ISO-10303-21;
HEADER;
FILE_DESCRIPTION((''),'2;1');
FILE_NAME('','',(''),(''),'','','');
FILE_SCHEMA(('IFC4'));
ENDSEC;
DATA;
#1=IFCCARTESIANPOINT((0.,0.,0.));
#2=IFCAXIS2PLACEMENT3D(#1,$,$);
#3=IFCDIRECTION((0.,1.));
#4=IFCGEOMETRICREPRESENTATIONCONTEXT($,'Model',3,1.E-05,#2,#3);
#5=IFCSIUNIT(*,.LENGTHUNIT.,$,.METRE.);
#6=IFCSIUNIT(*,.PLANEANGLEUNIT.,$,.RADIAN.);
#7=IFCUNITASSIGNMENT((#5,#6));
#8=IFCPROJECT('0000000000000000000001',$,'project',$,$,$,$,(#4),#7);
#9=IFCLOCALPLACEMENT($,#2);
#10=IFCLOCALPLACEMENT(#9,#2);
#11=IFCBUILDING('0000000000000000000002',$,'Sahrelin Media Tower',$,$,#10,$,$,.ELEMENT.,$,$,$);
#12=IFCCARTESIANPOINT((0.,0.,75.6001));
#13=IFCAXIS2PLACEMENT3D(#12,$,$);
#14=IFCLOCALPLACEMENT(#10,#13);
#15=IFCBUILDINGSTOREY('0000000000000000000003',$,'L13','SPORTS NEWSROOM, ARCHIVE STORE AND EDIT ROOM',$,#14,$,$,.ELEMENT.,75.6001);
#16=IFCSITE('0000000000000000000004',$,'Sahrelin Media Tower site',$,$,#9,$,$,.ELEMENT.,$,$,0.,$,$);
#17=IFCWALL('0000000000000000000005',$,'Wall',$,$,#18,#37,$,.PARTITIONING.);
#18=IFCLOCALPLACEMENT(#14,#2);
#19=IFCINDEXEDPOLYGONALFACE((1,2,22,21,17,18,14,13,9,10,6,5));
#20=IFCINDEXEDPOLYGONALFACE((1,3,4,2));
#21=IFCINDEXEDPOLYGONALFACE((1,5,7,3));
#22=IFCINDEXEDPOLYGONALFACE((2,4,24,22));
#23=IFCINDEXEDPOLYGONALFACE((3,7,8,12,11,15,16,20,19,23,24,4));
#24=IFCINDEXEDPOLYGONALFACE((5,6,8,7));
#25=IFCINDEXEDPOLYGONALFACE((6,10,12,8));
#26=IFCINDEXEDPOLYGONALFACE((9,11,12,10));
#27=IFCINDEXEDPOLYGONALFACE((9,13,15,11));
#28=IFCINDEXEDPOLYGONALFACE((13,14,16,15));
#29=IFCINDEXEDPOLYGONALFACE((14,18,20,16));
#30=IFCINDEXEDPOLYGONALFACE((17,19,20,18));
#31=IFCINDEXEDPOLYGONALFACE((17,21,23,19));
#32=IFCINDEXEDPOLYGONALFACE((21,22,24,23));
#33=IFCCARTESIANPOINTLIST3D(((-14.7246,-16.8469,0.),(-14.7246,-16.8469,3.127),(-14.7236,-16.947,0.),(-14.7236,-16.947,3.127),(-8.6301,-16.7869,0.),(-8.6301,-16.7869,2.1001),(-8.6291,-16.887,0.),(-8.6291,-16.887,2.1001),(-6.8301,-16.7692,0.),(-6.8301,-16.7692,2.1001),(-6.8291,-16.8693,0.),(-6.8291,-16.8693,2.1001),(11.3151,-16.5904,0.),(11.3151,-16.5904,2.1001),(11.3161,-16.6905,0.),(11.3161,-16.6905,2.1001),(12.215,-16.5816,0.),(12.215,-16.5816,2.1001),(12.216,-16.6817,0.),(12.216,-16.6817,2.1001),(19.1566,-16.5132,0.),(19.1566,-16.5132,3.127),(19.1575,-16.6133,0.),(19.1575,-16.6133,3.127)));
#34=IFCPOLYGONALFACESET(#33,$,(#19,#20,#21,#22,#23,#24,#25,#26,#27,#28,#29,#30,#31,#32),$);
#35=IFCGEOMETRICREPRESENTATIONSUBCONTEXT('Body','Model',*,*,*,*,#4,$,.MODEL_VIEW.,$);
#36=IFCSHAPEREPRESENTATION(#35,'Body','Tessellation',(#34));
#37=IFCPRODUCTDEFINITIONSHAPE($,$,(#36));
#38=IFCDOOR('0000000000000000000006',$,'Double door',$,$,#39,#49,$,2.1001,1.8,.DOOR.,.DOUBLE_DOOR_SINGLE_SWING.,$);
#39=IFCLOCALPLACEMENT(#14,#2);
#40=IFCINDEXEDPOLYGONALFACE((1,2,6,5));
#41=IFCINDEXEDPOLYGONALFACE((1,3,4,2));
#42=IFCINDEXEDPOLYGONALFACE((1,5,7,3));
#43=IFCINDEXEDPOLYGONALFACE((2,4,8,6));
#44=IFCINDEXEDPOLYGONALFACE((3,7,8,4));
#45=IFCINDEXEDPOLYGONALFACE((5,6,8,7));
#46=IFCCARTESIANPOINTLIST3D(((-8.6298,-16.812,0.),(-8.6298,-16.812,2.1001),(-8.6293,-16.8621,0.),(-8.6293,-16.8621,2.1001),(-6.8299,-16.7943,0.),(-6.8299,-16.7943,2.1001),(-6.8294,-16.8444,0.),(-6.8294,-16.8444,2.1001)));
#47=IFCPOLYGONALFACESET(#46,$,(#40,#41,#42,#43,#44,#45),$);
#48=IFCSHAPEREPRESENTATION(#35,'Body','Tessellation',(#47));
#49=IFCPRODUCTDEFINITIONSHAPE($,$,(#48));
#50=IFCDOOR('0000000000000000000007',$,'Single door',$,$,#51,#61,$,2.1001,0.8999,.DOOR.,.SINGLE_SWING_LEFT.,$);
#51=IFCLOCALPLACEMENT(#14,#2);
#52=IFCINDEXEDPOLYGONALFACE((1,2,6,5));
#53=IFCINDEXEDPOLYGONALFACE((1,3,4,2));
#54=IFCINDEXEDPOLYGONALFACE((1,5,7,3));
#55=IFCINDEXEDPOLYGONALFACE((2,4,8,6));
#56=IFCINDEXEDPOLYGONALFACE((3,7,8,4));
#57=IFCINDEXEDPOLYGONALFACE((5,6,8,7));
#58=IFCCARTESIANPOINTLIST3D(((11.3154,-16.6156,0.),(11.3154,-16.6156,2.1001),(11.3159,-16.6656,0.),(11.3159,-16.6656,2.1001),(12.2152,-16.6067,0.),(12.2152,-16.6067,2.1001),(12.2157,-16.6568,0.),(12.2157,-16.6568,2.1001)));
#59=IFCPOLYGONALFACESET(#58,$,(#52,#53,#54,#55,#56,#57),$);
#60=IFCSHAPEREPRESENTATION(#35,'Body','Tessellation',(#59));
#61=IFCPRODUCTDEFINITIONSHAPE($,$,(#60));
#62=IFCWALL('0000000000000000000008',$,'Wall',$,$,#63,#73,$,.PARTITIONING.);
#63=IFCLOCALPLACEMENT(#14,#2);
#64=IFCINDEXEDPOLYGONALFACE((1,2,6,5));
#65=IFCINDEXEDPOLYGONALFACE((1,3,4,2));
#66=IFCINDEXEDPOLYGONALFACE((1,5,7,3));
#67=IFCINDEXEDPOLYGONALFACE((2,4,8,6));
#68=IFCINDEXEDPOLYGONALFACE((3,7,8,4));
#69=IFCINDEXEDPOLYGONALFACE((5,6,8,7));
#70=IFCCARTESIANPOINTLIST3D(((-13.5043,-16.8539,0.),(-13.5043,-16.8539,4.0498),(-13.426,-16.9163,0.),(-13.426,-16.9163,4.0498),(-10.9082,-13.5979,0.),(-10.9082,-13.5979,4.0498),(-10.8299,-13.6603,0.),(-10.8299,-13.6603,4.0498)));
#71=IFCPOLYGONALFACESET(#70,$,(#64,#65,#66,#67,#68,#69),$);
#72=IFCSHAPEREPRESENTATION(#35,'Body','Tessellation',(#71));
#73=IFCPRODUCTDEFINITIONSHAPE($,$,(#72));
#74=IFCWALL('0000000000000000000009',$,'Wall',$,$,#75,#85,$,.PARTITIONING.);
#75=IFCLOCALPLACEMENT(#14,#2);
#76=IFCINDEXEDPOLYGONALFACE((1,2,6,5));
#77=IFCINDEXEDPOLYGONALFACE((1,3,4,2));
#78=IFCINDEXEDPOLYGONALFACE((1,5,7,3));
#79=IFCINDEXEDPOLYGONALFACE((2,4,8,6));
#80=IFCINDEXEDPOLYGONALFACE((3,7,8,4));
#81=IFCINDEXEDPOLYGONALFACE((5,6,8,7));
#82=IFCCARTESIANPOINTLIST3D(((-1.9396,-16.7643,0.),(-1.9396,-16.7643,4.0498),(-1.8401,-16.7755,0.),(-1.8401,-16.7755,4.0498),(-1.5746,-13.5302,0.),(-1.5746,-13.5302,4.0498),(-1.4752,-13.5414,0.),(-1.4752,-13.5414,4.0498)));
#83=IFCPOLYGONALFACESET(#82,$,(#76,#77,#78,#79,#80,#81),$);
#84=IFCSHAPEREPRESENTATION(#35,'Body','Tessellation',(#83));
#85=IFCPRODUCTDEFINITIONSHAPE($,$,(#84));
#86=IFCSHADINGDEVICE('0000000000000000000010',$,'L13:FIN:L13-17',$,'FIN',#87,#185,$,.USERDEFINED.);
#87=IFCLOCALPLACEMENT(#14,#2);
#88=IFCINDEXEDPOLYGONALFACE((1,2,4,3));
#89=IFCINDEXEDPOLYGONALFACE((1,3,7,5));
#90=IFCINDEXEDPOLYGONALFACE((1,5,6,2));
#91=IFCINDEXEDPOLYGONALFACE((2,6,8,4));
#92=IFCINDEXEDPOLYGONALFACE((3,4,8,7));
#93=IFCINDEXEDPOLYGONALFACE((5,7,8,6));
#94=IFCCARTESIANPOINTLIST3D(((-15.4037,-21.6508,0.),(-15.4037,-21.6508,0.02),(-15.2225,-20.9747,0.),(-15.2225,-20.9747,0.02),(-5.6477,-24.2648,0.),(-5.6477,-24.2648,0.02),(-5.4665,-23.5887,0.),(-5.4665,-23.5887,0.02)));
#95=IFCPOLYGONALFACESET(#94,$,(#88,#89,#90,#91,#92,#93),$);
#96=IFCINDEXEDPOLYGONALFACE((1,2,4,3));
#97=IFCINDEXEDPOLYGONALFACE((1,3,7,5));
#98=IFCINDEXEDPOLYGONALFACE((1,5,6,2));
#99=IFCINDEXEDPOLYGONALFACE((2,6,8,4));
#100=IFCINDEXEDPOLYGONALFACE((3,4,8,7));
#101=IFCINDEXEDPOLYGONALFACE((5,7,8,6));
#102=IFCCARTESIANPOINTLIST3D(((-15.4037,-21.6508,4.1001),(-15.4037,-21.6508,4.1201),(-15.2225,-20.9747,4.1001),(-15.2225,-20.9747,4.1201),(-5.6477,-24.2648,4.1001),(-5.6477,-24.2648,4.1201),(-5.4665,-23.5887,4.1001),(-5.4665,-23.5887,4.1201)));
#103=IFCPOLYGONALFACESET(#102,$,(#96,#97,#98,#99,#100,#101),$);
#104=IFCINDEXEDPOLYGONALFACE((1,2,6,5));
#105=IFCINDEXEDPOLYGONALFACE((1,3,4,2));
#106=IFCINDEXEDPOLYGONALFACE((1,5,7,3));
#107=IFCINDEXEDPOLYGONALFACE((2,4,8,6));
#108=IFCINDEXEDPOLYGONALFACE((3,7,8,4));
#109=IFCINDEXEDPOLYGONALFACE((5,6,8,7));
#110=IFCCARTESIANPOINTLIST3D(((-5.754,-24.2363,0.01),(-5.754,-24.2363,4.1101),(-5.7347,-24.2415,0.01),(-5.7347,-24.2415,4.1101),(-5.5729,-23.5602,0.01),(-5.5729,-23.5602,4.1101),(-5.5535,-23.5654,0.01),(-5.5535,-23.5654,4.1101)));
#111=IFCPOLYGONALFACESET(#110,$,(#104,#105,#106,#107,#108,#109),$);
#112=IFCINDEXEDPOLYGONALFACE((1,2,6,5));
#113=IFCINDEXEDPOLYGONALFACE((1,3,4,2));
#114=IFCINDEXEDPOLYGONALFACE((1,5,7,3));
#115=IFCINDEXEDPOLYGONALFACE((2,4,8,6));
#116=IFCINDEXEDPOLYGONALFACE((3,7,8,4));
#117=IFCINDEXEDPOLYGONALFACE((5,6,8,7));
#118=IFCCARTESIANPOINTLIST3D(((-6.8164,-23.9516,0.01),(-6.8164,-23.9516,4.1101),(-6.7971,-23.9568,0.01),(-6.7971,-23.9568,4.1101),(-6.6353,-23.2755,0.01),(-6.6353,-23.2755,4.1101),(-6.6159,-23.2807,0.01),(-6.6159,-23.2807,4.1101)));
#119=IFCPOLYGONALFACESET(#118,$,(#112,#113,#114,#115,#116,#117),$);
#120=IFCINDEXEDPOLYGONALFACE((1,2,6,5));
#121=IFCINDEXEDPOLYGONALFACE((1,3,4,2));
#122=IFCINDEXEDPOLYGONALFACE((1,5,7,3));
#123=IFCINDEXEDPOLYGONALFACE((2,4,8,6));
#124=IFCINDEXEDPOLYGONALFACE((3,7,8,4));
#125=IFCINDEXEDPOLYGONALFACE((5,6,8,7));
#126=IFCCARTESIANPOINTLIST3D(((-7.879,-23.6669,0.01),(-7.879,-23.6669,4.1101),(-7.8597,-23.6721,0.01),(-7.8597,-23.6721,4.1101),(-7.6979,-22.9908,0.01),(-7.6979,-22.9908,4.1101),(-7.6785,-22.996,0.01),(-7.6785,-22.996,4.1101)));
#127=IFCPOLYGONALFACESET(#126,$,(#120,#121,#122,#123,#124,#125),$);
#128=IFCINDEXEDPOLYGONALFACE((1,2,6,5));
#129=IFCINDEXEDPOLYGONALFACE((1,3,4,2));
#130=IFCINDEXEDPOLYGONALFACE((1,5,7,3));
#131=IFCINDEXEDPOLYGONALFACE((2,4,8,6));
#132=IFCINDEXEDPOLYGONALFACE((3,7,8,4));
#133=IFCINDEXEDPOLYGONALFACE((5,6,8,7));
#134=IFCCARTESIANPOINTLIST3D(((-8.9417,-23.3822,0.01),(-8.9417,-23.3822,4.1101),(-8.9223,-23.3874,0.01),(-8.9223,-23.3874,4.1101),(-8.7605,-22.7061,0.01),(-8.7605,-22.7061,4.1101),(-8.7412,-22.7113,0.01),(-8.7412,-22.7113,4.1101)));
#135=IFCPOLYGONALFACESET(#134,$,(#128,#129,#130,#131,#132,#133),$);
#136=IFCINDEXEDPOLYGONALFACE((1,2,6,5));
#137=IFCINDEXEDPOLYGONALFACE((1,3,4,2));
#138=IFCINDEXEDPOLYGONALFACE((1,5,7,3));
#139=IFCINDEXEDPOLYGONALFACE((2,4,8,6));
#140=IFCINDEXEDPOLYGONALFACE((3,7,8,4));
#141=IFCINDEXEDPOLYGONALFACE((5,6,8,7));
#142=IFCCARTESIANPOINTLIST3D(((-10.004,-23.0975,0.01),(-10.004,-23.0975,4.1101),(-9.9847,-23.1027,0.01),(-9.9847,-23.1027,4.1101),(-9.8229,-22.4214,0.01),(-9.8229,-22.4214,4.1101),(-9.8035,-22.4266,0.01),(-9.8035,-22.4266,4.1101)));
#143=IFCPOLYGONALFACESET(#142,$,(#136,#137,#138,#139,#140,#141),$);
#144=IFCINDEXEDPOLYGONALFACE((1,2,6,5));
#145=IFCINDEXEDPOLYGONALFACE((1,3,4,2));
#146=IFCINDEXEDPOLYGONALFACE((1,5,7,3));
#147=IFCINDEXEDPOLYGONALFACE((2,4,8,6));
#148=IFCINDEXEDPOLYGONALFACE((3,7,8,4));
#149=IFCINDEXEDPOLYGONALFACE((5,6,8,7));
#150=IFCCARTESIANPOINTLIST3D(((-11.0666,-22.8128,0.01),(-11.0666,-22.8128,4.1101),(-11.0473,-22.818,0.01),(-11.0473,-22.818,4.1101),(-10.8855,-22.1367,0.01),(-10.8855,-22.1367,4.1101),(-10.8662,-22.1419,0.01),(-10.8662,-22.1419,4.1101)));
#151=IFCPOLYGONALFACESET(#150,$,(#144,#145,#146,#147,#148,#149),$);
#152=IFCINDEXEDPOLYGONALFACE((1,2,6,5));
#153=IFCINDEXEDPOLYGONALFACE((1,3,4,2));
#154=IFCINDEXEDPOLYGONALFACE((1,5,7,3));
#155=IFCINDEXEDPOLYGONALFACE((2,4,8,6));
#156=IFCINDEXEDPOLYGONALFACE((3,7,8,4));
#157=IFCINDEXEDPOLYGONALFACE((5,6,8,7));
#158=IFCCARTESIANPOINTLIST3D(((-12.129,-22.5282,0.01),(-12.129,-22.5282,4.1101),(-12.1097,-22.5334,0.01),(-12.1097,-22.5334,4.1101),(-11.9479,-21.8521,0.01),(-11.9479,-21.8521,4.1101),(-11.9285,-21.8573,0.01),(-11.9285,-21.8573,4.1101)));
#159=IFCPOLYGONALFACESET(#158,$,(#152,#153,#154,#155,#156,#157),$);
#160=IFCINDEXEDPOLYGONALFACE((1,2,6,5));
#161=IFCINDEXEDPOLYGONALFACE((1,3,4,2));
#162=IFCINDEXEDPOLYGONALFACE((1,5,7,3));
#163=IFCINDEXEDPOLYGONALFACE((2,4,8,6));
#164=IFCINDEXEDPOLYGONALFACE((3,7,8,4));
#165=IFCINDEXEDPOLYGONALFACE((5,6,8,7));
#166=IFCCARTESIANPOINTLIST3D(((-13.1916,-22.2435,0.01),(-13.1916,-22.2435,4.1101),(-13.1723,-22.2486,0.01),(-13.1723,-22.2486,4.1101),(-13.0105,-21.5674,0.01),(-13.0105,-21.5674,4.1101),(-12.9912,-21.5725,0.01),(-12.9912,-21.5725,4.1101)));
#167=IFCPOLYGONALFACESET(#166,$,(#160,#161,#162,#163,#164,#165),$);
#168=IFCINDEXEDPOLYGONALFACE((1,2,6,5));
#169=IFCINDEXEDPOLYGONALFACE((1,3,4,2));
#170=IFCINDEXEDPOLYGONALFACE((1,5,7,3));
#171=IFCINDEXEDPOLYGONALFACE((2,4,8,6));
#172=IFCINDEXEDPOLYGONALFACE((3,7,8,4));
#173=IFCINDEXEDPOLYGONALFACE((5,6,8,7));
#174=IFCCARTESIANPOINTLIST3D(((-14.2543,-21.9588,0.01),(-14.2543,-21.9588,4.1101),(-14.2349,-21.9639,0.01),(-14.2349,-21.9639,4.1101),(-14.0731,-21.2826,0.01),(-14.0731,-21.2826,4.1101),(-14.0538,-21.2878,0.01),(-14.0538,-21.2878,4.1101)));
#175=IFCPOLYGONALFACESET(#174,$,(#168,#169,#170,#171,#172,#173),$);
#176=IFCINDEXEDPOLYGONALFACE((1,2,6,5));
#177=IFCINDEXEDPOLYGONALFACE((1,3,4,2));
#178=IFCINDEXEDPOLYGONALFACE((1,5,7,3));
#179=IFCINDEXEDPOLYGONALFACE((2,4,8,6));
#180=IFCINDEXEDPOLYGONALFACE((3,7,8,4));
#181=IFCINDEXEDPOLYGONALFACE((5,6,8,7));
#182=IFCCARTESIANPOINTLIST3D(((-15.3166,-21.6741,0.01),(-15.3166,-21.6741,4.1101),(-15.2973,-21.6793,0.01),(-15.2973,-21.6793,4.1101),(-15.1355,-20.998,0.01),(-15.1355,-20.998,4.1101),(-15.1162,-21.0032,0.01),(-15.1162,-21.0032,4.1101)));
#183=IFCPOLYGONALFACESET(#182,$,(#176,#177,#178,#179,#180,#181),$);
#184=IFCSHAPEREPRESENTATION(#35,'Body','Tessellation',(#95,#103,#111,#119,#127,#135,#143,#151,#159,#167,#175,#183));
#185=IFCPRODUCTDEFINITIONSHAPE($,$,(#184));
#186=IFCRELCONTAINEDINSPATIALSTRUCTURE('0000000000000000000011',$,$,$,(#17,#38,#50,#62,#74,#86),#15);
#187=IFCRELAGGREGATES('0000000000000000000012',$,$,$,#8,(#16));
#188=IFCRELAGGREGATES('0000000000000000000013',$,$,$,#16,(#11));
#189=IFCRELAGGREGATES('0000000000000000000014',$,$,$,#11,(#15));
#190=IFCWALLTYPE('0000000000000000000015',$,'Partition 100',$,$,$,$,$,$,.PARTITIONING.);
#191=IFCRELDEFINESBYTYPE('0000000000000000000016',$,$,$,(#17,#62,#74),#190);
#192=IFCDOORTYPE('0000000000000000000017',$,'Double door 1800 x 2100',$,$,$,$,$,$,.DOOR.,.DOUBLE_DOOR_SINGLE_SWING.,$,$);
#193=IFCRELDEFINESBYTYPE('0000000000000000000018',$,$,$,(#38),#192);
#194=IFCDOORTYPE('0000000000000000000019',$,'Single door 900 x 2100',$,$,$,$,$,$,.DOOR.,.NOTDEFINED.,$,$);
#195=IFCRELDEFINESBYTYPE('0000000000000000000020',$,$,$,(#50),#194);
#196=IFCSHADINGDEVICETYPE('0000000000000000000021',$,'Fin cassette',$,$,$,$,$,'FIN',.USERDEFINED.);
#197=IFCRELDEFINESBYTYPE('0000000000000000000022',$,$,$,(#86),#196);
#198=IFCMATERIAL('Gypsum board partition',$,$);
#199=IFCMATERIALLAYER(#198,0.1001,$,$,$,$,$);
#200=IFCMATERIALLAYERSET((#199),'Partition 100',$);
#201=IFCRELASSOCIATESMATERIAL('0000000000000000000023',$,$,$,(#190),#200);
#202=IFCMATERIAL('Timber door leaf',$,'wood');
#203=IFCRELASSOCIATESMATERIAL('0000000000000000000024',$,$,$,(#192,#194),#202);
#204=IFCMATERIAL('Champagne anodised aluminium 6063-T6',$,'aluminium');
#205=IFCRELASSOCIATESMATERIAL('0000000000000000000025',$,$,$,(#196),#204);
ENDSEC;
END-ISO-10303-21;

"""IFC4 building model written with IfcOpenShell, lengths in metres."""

from ifc_helpers import new_model, si_unit, direction, frame, frame_2d, origin, origin_2d, place, context, subcontext, project, spatial, rectangle, extrude, material, layer, layer_set, type_object, element, fill, save


model = new_model("IFC4")

# Units and contexts
model_context = context("Model", 3, precision=1e-05, world=origin(), true_north=direction((0.0, 1.0)))
body_context = subcontext(model_context, "Body", "Model", "MODEL_VIEW")
ifc_project = project(units=[si_unit("LENGTHUNIT", "METRE"), si_unit("PLANEANGLEUNIT", "RADIAN")], contexts=[model_context])

# Site, building, storey
site_placement = place(None, origin())
site = spatial("IfcSite", under=ifc_project, at=site_placement, Name="Sahrelin Media Tower site", CompositionType="ELEMENT", RefElevation=0.0)
building_placement = place(site_placement, origin())
building = spatial("IfcBuilding", under=site, at=building_placement, Name="Sahrelin Media Tower", CompositionType="ELEMENT")
storey_placement = place(building_placement, frame((0.0, 0.0, 75.6001)))
storey = spatial("IfcBuildingStorey", under=building, at=storey_placement, Name="L13", Description="SPORTS NEWSROOM, ARCHIVE STORE AND EDIT ROOM", CompositionType="ELEMENT", Elevation=75.6001)

# Shared definitions
ifc_material_1 = material(Name="Champagne anodised aluminium 6063-T6", Category="aluminium")

# Wall, openings, doors
ifc_material_2 = material(Name="Gypsum board partition")
ifc_layer_1 = layer(ifc_material_2, 0.1001)
ifc_layer_set_1 = layer_set([ifc_layer_1], Name="Partition 100")
wall_type_1 = type_object("IfcWallType", Name="Partition 100", PredefinedType="PARTITIONING", material=ifc_layer_set_1)
wall_1_placement = place(storey_placement, frame((-14.7241, -16.897, 0.0), z_axis=(0.0, 0.0, 1.0), x_axis=(0.999951, 0.00985, 0.0)))
wall_1 = element("IfcWall", 1, at=wall_1_placement, inside=storey, type_object=wall_type_1, Name="Wall", PredefinedType="PARTITIONING", context=body_context, shape_type="SweptSolid", body=[
    extrude(rectangle(XDim=33.8828, YDim=0.1001, at=frame_2d((16.9414, 0.0))), origin(), (0.0, 0.0, 1.0), 3.127),
])
opening_1_placement = place(wall_1_placement, frame((6.095, 0.0, 0.0)))
opening_1 = element("IfcOpeningElement", 2, at=opening_1_placement, cuts=wall_1, PredefinedType="OPENING", context=body_context, shape_type="SweptSolid", body=[
    extrude(rectangle(XDim=1.8, YDim=2.1001, at=frame_2d((0.8999, 1.05))), frame((0.0, 0.05, 0.0), z_axis=(0.0, -1.0, 0.0), x_axis=(1.0, 0.0, 0.0)), (0.0, 0.0, 1.0), 0.1001),
])
opening_2_placement = place(wall_1_placement, frame((26.041, 0.0, 0.0)))
opening_2 = element("IfcOpeningElement", 3, at=opening_2_placement, cuts=wall_1, PredefinedType="OPENING", context=body_context, shape_type="SweptSolid", body=[
    extrude(rectangle(XDim=0.8999, YDim=2.1001, at=frame_2d((0.45, 1.05))), frame((0.0, 0.05, 0.0), z_axis=(0.0, -1.0, 0.0), x_axis=(1.0, 0.0, 0.0)), (0.0, 0.0, 1.0), 0.1001),
])
ifc_material_3 = material(Name="Timber door leaf", Category="wood")
door_type_1 = type_object("IfcDoorType", Name="Double door 1800 x 2100", OperationType="DOUBLE_DOOR_SINGLE_SWING", PredefinedType="DOOR", material=ifc_material_3)
door_1_placement = place(opening_1_placement, origin())
door_1 = element("IfcDoor", 4, at=door_1_placement, inside=storey, type_object=door_type_1, Name="Double door", OperationType="DOUBLE_DOOR_SINGLE_SWING", OverallHeight=2.1001, OverallWidth=1.8, PredefinedType="DOOR", context=body_context, shape_type="SweptSolid", body=[
    extrude(rectangle(XDim=1.8, YDim=2.1001, at=frame_2d((0.8999, 1.05))), frame((0.0, 0.0249, 0.0), z_axis=(0.0, -1.0, 0.0), x_axis=(1.0, 0.0, 0.0)), (0.0, 0.0, 1.0), 0.05),
])
fill(opening_1, door_1)
door_type_2 = type_object("IfcDoorType", Name="Single door 900 x 2100", OperationType="NOTDEFINED", PredefinedType="DOOR", material=ifc_material_3)
door_2_placement = place(opening_2_placement, origin())
door_2 = element("IfcDoor", 5, at=door_2_placement, inside=storey, type_object=door_type_2, Name="Single door", OperationType="SINGLE_SWING_LEFT", OverallHeight=2.1001, OverallWidth=0.8999, PredefinedType="DOOR", context=body_context, shape_type="SweptSolid", body=[
    extrude(rectangle(XDim=0.8999, YDim=2.1001, at=frame_2d((0.45, 1.05))), frame((0.0, 0.0249, 0.0), z_axis=(0.0, -1.0, 0.0), x_axis=(1.0, 0.0, 0.0)), (0.0, 0.0, 1.0), 0.05),
])
fill(opening_2, door_2)

# Walls
wall_2_placement = place(storey_placement, frame((-13.4651, -16.885, 0.0), z_axis=(0.0, 0.0, 1.0), x_axis=(0.623422, 0.781886, 0.0)))
element("IfcWall", 6, at=wall_2_placement, inside=storey, type_object=wall_type_1, Name="Wall", PredefinedType="PARTITIONING", context=body_context, shape_type="SweptSolid", body=[
    extrude(rectangle(XDim=4.1643, YDim=0.1001, at=frame_2d((2.082, 0.0))), origin(), (0.0, 0.0, 1.0), 4.0498),
])
wall_3_placement = place(storey_placement, frame((-1.8899, -16.77, 0.0), z_axis=(0.0, 0.0, 1.0), x_axis=(0.112144, 0.993692, 0.0)))
element("IfcWall", 7, at=wall_3_placement, inside=storey, type_object=wall_type_1, Name="Wall", PredefinedType="PARTITIONING", context=body_context, shape_type="SweptSolid", body=[
    extrude(rectangle(XDim=3.2546, YDim=0.1001, at=frame_2d((1.6274, 0.0))), origin(), (0.0, 0.0, 1.0), 4.0498),
])

# Shading device
shading_device_type_1 = type_object("IfcShadingDeviceType", Name="Fin cassette", ElementType="FIN", PredefinedType="USERDEFINED", material=ifc_material_1)
placement = place(storey_placement, frame((-10.3264, -22.2141, 0.0), z_axis=(0.0, 0.0, 1.0), x_axis=(-0.965929, 0.258808, 0.0)))
element("IfcShadingDevice", 8, at=placement, inside=storey, type_object=shading_device_type_1, Name="L13:FIN:L13-17", ObjectType="FIN", PredefinedType="USERDEFINED", context=body_context, shape_type="SweptSolid", body=[
    extrude(rectangle(XDim=10.1001, YDim=0.7, at=origin_2d()), frame((0.0, 0.4199, 0.0)), (0.0, 0.0, 1.0), 0.02),
    extrude(rectangle(XDim=10.1001, YDim=0.7, at=origin_2d()), frame((0.0, 0.4199, 4.1001)), (0.0, 0.0, 1.0), 0.02),
    extrude(rectangle(XDim=0.02, YDim=0.7, at=origin_2d()), frame((-4.95, 0.4199, 0.01), z_axis=(0.0, 0.0, 1.0), x_axis=(1.0, 0.0, 0.0)), (0.0, 0.0, 1.0), 4.1001),
    extrude(rectangle(XDim=0.02, YDim=0.7, at=origin_2d()), frame((-3.8501, 0.4199, 0.01), z_axis=(0.0, 0.0, 1.0), x_axis=(1.0, 0.0, 0.0)), (0.0, 0.0, 1.0), 4.1001),
    extrude(rectangle(XDim=0.02, YDim=0.7, at=origin_2d()), frame((-2.75, 0.4199, 0.01), z_axis=(0.0, 0.0, 1.0), x_axis=(1.0, 0.0, 0.0)), (0.0, 0.0, 1.0), 4.1001),
    extrude(rectangle(XDim=0.02, YDim=0.7, at=origin_2d()), frame((-1.6499, 0.4199, 0.01), z_axis=(0.0, 0.0, 1.0), x_axis=(1.0, 0.0, 0.0)), (0.0, 0.0, 1.0), 4.1001),
    extrude(rectangle(XDim=0.02, YDim=0.7, at=origin_2d()), frame((-0.55, 0.4199, 0.01), z_axis=(0.0, 0.0, 1.0), x_axis=(1.0, 0.0, 0.0)), (0.0, 0.0, 1.0), 4.1001),
    extrude(rectangle(XDim=0.02, YDim=0.7, at=origin_2d()), frame((0.55, 0.4199, 0.01), z_axis=(0.0, 0.0, 1.0), x_axis=(1.0, 0.0, 0.0)), (0.0, 0.0, 1.0), 4.1001),
    extrude(rectangle(XDim=0.02, YDim=0.7, at=origin_2d()), frame((1.6499, 0.4199, 0.01), z_axis=(0.0, 0.0, 1.0), x_axis=(1.0, 0.0, 0.0)), (0.0, 0.0, 1.0), 4.1001),
    extrude(rectangle(XDim=0.02, YDim=0.7, at=origin_2d()), frame((2.75, 0.4199, 0.01), z_axis=(0.0, 0.0, 1.0), x_axis=(1.0, 0.0, 0.0)), (0.0, 0.0, 1.0), 4.1001),
    extrude(rectangle(XDim=0.02, YDim=0.7, at=origin_2d()), frame((3.8501, 0.4199, 0.01), z_axis=(0.0, 0.0, 1.0), x_axis=(1.0, 0.0, 0.0)), (0.0, 0.0, 1.0), 4.1001),
    extrude(rectangle(XDim=0.02, YDim=0.7, at=origin_2d()), frame((4.95, 0.4199, 0.01), z_axis=(0.0, 0.0, 1.0), x_axis=(1.0, 0.0, 0.0)), (0.0, 0.0, 1.0), 4.1001),
])

save(model, "model.ifc")
